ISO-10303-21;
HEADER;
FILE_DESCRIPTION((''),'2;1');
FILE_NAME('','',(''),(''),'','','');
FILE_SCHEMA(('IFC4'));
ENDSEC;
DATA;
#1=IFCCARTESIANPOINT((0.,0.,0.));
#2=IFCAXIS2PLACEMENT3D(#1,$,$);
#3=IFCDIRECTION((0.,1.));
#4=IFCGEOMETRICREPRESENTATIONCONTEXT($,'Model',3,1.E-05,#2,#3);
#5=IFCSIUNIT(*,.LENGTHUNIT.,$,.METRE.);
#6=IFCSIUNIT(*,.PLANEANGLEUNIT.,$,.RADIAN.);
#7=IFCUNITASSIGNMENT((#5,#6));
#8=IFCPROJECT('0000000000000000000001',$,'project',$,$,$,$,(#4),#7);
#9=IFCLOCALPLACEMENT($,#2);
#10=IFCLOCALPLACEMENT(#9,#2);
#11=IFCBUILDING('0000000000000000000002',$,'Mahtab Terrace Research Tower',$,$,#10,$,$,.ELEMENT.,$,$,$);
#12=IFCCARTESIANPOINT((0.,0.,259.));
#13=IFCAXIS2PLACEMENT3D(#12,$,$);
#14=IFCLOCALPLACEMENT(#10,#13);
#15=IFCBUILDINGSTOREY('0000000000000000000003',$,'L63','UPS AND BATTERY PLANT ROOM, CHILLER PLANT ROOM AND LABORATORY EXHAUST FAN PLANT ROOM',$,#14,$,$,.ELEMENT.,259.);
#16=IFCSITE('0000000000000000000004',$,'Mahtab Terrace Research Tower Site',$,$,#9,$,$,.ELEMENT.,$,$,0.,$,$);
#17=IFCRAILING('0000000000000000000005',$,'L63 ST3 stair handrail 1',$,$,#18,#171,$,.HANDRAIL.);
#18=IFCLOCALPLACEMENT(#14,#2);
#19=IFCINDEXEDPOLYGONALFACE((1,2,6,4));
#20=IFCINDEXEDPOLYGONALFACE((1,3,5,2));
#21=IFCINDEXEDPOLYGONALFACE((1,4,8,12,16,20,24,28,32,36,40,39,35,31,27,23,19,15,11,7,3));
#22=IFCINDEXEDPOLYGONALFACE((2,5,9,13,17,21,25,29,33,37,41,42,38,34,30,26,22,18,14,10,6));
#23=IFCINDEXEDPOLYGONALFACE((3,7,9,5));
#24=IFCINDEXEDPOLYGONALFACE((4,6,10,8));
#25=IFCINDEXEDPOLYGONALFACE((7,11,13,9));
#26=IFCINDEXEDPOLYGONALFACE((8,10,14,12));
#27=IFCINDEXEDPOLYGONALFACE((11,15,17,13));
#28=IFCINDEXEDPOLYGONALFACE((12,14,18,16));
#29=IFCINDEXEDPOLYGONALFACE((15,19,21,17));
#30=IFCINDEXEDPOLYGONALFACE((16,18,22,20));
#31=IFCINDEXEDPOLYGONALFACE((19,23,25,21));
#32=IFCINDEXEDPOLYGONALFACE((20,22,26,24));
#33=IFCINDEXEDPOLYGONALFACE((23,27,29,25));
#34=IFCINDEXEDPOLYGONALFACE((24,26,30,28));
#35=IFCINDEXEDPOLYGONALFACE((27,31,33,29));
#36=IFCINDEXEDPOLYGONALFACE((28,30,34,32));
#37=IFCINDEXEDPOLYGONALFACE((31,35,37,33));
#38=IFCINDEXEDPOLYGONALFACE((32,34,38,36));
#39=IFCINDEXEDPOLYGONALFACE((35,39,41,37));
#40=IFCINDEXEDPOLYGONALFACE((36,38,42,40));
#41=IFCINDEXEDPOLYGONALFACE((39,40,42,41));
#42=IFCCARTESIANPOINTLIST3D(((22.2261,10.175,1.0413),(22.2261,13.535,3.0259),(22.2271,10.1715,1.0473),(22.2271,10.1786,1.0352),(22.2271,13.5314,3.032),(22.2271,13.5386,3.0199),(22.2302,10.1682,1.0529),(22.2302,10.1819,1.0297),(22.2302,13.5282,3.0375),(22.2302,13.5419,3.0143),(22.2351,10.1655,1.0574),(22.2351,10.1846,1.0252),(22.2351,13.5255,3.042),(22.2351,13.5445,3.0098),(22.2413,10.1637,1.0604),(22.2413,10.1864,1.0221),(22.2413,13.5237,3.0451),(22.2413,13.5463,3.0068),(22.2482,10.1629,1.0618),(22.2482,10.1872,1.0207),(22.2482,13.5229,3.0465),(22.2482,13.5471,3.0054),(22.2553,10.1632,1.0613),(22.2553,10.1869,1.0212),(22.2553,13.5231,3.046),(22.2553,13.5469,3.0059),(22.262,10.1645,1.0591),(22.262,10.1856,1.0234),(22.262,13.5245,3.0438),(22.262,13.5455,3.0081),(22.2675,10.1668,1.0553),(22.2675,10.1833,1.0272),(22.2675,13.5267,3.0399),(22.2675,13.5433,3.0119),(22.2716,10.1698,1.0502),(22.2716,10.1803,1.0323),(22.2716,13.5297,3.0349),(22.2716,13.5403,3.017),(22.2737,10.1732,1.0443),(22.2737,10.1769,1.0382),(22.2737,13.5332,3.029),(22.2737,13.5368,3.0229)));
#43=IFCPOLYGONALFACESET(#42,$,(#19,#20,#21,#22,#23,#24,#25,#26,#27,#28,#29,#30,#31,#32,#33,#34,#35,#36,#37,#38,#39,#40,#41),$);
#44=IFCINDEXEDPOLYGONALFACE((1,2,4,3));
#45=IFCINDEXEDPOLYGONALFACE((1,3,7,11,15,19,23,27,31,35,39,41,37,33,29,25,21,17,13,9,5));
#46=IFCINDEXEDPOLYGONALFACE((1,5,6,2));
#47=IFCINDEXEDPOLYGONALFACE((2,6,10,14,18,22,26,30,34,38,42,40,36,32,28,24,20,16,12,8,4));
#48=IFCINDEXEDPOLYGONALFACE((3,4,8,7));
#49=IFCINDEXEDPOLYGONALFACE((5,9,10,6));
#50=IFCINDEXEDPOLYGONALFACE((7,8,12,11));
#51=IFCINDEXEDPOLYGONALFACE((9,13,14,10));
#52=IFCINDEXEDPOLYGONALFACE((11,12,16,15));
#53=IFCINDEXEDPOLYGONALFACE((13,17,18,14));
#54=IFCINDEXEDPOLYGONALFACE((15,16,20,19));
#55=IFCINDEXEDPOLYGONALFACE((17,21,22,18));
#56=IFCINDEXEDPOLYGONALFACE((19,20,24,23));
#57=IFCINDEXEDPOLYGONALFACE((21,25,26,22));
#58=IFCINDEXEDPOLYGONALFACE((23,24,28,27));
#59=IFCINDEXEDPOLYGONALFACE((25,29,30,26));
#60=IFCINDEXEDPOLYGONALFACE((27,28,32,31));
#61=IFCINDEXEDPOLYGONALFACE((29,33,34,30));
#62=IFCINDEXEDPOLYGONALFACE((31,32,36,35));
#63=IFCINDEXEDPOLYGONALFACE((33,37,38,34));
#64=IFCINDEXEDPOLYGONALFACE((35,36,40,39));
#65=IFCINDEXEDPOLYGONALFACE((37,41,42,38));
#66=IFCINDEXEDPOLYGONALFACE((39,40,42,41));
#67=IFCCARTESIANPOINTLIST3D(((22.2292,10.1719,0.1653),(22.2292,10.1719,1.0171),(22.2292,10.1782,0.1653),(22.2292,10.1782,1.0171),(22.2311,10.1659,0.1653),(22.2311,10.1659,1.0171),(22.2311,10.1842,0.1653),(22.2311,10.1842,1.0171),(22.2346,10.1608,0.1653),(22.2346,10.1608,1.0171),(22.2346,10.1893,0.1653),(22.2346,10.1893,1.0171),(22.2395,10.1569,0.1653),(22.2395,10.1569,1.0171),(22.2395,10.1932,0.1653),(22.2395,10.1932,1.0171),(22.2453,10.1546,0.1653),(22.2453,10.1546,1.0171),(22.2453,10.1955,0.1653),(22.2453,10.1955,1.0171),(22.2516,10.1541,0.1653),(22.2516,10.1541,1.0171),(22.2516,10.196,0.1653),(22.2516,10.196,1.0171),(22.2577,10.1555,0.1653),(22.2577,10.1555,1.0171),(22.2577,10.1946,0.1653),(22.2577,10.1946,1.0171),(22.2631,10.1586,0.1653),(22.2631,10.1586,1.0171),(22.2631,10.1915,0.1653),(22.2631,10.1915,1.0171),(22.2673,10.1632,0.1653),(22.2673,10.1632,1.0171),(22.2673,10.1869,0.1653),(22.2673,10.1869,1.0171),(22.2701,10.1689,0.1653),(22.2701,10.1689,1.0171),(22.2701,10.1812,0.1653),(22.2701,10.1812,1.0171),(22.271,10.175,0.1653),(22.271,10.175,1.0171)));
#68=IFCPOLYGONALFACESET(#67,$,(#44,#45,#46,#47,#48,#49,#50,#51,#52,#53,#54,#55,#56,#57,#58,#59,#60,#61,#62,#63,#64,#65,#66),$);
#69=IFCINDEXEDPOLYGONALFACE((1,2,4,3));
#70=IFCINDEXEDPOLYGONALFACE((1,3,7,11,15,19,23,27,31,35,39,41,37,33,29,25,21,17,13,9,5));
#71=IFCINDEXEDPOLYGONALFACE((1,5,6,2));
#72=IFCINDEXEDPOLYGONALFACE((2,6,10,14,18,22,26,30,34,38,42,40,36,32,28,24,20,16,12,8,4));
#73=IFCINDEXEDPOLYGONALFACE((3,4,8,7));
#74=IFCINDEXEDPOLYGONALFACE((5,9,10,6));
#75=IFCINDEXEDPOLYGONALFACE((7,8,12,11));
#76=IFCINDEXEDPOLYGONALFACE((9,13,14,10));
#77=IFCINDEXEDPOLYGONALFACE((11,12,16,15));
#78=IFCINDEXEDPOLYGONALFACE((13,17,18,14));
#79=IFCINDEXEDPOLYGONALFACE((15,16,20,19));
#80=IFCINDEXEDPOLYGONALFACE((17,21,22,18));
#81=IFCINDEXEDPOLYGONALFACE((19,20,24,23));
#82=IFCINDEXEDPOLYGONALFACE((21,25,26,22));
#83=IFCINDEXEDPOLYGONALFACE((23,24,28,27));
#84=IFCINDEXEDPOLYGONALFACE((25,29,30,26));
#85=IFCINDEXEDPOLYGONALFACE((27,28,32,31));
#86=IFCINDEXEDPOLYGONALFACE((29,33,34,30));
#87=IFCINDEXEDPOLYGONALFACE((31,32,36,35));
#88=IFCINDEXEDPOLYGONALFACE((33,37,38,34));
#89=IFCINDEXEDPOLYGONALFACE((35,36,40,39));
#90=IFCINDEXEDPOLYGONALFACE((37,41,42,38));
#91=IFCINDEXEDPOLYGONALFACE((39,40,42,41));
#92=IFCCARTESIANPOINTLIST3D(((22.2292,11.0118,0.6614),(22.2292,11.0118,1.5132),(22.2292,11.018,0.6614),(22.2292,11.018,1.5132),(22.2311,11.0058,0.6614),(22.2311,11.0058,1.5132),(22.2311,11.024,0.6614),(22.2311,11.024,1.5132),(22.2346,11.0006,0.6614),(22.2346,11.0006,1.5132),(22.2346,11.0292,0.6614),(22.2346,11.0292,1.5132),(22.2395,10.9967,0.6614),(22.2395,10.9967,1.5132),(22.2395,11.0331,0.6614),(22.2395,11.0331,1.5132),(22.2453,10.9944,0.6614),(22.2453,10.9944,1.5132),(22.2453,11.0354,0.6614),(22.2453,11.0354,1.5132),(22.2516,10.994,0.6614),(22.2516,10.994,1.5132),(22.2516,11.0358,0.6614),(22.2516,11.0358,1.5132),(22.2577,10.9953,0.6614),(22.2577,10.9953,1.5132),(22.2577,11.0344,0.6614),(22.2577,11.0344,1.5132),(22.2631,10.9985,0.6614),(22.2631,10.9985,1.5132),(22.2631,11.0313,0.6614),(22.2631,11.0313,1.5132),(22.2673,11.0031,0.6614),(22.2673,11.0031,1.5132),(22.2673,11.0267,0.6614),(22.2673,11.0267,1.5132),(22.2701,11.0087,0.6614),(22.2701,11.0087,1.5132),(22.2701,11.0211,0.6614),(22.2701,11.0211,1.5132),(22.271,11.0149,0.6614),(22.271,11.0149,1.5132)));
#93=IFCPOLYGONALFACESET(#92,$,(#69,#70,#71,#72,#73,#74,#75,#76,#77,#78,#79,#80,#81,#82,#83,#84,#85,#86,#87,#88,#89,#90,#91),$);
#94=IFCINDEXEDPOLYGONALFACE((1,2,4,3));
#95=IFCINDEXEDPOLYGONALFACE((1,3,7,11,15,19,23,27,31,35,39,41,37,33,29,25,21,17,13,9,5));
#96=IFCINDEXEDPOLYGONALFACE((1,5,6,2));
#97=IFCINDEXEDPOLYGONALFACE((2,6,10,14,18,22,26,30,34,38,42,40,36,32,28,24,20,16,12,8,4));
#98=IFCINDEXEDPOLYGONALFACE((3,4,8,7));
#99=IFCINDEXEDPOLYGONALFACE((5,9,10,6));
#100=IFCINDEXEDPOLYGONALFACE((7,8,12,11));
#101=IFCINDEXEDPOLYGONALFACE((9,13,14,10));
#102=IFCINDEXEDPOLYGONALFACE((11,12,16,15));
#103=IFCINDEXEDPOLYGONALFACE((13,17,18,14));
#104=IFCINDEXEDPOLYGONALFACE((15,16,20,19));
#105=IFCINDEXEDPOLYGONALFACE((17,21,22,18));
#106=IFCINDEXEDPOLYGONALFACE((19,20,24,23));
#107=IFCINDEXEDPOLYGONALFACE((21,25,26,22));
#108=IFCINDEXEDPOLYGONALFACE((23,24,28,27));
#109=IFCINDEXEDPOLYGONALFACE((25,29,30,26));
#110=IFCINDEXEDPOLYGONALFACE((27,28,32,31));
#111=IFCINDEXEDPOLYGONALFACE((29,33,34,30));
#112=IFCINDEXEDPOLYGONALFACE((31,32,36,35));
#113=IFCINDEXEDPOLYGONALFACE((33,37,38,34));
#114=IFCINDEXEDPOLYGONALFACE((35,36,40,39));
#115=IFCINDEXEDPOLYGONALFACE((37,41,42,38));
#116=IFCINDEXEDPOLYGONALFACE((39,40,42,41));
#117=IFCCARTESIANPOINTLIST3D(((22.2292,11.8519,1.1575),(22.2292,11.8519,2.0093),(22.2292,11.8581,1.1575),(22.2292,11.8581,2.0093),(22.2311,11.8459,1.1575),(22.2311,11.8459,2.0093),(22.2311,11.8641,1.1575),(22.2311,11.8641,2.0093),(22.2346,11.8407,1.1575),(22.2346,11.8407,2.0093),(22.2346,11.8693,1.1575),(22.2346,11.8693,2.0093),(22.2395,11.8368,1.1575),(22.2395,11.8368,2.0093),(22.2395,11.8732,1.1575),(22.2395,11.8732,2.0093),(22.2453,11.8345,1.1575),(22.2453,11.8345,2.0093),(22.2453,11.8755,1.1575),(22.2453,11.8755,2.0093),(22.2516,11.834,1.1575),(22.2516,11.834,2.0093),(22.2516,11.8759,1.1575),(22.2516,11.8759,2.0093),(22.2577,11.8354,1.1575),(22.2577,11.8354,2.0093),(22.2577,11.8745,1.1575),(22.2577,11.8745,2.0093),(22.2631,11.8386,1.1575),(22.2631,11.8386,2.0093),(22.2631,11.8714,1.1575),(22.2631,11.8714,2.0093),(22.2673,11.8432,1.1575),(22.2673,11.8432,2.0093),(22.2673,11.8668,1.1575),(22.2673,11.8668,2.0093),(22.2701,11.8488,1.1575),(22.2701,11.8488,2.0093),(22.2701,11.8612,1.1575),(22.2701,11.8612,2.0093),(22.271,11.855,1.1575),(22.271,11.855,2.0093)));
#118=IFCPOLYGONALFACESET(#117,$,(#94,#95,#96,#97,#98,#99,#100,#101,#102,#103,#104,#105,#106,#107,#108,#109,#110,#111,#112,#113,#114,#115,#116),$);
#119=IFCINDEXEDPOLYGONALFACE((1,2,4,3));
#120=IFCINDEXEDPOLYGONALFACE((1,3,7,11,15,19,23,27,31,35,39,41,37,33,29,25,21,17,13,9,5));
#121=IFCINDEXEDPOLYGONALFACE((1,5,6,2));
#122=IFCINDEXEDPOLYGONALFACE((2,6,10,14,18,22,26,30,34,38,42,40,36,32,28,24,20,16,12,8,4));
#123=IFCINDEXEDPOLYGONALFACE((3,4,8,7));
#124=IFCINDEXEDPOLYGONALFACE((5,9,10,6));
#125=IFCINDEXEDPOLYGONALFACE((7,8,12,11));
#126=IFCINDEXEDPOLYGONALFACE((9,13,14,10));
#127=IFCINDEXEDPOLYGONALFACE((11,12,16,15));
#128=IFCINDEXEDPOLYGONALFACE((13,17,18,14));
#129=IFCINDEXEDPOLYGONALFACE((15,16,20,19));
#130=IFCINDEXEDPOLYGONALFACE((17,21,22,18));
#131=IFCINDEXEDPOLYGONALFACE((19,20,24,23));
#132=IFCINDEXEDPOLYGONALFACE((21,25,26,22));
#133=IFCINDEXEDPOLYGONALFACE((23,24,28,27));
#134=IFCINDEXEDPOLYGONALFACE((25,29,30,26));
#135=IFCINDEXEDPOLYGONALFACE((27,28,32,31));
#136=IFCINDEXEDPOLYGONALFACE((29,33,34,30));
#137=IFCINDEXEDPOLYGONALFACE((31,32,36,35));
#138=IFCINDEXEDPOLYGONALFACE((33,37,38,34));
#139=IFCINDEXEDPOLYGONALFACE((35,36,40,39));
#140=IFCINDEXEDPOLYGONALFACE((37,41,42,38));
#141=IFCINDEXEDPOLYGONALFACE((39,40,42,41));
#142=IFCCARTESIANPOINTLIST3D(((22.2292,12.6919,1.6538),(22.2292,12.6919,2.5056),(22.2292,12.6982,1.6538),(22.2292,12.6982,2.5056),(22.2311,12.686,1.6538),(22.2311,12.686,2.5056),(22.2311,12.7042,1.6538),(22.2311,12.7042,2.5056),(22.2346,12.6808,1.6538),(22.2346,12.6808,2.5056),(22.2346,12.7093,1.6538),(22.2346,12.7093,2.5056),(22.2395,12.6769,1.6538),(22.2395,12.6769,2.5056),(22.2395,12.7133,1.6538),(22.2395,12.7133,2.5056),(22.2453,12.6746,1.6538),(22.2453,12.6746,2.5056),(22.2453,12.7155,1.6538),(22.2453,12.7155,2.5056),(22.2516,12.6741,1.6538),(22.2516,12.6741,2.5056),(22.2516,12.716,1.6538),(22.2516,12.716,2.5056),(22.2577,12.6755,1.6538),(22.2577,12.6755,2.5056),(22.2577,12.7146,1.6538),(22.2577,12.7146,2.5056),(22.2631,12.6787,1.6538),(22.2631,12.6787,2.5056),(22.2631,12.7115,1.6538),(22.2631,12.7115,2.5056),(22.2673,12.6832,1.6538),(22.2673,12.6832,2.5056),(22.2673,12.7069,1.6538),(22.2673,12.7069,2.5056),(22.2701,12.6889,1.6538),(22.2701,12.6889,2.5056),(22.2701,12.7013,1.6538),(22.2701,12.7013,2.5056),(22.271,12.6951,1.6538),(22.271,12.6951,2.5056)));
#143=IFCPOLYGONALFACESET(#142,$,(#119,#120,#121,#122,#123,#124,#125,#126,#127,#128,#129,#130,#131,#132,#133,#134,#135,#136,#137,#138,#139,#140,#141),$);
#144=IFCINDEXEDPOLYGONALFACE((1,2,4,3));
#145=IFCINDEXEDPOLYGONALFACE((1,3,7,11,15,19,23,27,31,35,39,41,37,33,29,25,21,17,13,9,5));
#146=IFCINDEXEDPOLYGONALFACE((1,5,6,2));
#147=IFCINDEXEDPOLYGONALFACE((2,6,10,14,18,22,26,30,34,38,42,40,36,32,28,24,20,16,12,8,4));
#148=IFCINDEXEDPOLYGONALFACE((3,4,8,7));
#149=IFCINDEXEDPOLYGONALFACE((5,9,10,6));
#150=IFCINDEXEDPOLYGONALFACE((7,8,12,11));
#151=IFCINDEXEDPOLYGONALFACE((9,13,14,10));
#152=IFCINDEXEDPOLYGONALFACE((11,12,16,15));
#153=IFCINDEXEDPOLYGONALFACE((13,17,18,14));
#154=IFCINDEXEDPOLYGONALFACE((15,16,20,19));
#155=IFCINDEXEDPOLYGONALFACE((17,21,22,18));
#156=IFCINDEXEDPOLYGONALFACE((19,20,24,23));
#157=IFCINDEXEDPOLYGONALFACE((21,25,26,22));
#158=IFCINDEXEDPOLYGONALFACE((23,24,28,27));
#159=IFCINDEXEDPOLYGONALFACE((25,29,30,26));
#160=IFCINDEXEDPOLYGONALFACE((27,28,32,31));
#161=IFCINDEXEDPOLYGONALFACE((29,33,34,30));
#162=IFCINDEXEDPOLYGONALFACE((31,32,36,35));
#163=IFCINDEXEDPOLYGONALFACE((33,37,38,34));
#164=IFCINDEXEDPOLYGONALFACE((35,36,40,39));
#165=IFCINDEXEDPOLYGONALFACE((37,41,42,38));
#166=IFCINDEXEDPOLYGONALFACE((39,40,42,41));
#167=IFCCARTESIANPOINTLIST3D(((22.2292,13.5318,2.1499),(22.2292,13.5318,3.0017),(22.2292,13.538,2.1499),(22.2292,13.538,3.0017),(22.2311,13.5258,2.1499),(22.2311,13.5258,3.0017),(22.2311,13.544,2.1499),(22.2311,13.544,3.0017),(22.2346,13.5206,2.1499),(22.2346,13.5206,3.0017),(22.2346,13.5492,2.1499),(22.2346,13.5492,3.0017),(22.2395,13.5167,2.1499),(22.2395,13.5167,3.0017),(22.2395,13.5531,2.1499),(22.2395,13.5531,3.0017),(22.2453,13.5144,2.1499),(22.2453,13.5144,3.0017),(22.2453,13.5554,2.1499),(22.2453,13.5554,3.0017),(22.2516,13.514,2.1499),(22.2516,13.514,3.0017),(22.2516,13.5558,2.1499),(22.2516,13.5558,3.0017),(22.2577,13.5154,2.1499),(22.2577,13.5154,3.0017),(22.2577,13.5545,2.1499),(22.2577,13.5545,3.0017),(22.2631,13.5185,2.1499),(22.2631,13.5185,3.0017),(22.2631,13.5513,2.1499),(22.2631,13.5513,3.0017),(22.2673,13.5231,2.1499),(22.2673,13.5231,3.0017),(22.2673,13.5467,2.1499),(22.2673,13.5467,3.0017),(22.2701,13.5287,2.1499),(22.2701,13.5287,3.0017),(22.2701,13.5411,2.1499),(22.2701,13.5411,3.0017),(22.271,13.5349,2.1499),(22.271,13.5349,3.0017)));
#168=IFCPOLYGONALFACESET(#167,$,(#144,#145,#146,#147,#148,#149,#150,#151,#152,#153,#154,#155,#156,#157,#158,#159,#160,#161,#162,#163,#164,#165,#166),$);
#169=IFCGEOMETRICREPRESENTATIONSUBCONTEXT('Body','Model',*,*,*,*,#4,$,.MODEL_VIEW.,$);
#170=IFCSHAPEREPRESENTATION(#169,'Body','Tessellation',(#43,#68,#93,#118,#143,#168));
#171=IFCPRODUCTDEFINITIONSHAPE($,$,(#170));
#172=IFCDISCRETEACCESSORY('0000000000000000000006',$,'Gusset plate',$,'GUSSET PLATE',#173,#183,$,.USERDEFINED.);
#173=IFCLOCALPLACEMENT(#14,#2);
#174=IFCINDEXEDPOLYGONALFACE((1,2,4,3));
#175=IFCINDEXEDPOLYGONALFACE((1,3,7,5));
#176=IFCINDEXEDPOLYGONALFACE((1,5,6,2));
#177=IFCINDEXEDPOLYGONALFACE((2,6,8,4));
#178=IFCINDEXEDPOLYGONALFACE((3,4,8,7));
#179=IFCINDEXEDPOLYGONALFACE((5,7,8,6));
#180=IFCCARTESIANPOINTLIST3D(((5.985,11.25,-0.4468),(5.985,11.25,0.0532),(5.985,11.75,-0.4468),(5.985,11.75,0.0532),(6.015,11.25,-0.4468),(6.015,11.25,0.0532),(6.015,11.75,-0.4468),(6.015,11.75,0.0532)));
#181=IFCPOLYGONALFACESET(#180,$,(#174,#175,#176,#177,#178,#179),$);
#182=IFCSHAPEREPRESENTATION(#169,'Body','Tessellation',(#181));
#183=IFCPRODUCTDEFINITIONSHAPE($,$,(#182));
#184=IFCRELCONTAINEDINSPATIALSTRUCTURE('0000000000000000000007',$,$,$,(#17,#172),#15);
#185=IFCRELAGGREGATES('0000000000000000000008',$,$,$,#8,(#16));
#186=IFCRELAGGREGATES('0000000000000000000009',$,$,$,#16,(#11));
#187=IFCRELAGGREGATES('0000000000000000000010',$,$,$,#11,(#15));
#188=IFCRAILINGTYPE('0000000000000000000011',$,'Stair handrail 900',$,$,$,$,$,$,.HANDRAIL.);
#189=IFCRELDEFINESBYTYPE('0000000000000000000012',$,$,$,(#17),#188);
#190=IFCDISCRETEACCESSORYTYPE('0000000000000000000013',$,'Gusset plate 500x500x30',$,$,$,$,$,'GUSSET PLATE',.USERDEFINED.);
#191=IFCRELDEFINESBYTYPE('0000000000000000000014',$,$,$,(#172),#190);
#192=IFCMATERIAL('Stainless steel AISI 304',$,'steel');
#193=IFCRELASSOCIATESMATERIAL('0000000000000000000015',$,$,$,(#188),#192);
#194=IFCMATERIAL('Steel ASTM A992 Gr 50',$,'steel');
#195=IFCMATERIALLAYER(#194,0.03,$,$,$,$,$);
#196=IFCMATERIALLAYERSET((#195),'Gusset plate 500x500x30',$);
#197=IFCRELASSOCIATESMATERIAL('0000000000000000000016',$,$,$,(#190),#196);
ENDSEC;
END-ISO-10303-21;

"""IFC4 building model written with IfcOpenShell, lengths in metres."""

from ifc_helpers import new_model, si_unit, direction, frame, origin, origin_2d, place, context, subcontext, project, spatial, rectangle, circle, extrude, material, layer, layer_set, type_object, element, save


model = new_model("IFC4")

# Units and contexts
model_context = context("Model", 3, precision=1e-05, world=origin(), true_north=direction((0.0, 1.0)))
body_context = subcontext(model_context, "Body", "Model", "MODEL_VIEW")
ifc_project = project(units=[si_unit("LENGTHUNIT", "METRE"), si_unit("PLANEANGLEUNIT", "RADIAN")], contexts=[model_context])

# Site, building, storey
site_placement = place(None, origin())
site = spatial("IfcSite", under=ifc_project, at=site_placement, Name="Mahtab Terrace Research Tower Site", CompositionType="ELEMENT", RefElevation=0.0)
building_placement = place(site_placement, origin())
building = spatial("IfcBuilding", under=site, at=building_placement, Name="Mahtab Terrace Research Tower", CompositionType="ELEMENT")
storey_placement = place(building_placement, frame((0.0, 0.0, 259.0)))
storey = spatial("IfcBuildingStorey", under=building, at=storey_placement, Name="L63", Description="UPS AND BATTERY PLANT ROOM, CHILLER PLANT ROOM AND LABORATORY EXHAUST FAN PLANT ROOM", CompositionType="ELEMENT", Elevation=259.0)

# Shared definitions
ifc_material_1 = material(Name="Steel ASTM A992 Gr 50", Category="steel")

# Railing
ifc_material_2 = material(Name="Stainless steel AISI 304", Category="steel")
railing_type_1 = type_object("IfcRailingType", Name="Stair handrail 900", PredefinedType="HANDRAIL", material=ifc_material_2)
railing_1_placement = place(storey_placement, frame((22.25, 10.175, 0.1653)))
element("IfcRailing", 1, at=railing_1_placement, inside=storey, type_object=railing_type_1, Name="L63 ST3 stair handrail 1", PredefinedType="HANDRAIL", context=body_context, shape_type="SweptSolid", body=[
    extrude(circle(Radius=0.0239, at=origin_2d()), frame((0.0, 0.0, 0.876), z_axis=(0.0, 0.861011, 0.508586), x_axis=(-1.0, 0.0, 0.0)), (0.0, 0.0, 1.0), 3.9023),
    extrude(circle(Radius=0.021, at=origin_2d()), origin(), (0.0, 0.0, 1.0), 0.8518),
    extrude(circle(Radius=0.021, at=origin_2d()), frame((0.0, 0.8398, 0.4961)), (0.0, 0.0, 1.0), 0.8518),
    extrude(circle(Radius=0.021, at=origin_2d()), frame((0.0, 1.6799, 0.9922)), (0.0, 0.0, 1.0), 0.8518),
    extrude(circle(Radius=0.021, at=origin_2d()), frame((0.0, 2.52, 1.4885)), (0.0, 0.0, 1.0), 0.8518),
    extrude(circle(Radius=0.021, at=origin_2d()), frame((0.0, 3.3599, 1.9846)), (0.0, 0.0, 1.0), 0.8518),
])

# Discrete accessory
ifc_layer_1 = layer(ifc_material_1, 0.03)
ifc_layer_set_1 = layer_set([ifc_layer_1], Name="Gusset plate 500x500x30")
discrete_accessory_type = type_object("IfcDiscreteAccessoryType", Name="Gusset plate 500x500x30", ElementType="GUSSET PLATE", PredefinedType="USERDEFINED", material=ifc_layer_set_1)
discrete_accessory_placement = place(storey_placement, frame((6.0, 11.5, -0.4468), z_axis=(0.0, 0.0, 1.0), x_axis=(0.0, 1.0, 0.0)))
element("IfcDiscreteAccessory", 2, at=discrete_accessory_placement, inside=storey, type_object=discrete_accessory_type, Name="Gusset plate", ObjectType="GUSSET PLATE", PredefinedType="USERDEFINED", context=body_context, shape_type="SweptSolid", body=[
    extrude(rectangle(XDim=0.5, YDim=0.03, at=origin_2d()), origin(), (0.0, 0.0, 1.0), 0.5),
])

save(model, "model.ifc")
